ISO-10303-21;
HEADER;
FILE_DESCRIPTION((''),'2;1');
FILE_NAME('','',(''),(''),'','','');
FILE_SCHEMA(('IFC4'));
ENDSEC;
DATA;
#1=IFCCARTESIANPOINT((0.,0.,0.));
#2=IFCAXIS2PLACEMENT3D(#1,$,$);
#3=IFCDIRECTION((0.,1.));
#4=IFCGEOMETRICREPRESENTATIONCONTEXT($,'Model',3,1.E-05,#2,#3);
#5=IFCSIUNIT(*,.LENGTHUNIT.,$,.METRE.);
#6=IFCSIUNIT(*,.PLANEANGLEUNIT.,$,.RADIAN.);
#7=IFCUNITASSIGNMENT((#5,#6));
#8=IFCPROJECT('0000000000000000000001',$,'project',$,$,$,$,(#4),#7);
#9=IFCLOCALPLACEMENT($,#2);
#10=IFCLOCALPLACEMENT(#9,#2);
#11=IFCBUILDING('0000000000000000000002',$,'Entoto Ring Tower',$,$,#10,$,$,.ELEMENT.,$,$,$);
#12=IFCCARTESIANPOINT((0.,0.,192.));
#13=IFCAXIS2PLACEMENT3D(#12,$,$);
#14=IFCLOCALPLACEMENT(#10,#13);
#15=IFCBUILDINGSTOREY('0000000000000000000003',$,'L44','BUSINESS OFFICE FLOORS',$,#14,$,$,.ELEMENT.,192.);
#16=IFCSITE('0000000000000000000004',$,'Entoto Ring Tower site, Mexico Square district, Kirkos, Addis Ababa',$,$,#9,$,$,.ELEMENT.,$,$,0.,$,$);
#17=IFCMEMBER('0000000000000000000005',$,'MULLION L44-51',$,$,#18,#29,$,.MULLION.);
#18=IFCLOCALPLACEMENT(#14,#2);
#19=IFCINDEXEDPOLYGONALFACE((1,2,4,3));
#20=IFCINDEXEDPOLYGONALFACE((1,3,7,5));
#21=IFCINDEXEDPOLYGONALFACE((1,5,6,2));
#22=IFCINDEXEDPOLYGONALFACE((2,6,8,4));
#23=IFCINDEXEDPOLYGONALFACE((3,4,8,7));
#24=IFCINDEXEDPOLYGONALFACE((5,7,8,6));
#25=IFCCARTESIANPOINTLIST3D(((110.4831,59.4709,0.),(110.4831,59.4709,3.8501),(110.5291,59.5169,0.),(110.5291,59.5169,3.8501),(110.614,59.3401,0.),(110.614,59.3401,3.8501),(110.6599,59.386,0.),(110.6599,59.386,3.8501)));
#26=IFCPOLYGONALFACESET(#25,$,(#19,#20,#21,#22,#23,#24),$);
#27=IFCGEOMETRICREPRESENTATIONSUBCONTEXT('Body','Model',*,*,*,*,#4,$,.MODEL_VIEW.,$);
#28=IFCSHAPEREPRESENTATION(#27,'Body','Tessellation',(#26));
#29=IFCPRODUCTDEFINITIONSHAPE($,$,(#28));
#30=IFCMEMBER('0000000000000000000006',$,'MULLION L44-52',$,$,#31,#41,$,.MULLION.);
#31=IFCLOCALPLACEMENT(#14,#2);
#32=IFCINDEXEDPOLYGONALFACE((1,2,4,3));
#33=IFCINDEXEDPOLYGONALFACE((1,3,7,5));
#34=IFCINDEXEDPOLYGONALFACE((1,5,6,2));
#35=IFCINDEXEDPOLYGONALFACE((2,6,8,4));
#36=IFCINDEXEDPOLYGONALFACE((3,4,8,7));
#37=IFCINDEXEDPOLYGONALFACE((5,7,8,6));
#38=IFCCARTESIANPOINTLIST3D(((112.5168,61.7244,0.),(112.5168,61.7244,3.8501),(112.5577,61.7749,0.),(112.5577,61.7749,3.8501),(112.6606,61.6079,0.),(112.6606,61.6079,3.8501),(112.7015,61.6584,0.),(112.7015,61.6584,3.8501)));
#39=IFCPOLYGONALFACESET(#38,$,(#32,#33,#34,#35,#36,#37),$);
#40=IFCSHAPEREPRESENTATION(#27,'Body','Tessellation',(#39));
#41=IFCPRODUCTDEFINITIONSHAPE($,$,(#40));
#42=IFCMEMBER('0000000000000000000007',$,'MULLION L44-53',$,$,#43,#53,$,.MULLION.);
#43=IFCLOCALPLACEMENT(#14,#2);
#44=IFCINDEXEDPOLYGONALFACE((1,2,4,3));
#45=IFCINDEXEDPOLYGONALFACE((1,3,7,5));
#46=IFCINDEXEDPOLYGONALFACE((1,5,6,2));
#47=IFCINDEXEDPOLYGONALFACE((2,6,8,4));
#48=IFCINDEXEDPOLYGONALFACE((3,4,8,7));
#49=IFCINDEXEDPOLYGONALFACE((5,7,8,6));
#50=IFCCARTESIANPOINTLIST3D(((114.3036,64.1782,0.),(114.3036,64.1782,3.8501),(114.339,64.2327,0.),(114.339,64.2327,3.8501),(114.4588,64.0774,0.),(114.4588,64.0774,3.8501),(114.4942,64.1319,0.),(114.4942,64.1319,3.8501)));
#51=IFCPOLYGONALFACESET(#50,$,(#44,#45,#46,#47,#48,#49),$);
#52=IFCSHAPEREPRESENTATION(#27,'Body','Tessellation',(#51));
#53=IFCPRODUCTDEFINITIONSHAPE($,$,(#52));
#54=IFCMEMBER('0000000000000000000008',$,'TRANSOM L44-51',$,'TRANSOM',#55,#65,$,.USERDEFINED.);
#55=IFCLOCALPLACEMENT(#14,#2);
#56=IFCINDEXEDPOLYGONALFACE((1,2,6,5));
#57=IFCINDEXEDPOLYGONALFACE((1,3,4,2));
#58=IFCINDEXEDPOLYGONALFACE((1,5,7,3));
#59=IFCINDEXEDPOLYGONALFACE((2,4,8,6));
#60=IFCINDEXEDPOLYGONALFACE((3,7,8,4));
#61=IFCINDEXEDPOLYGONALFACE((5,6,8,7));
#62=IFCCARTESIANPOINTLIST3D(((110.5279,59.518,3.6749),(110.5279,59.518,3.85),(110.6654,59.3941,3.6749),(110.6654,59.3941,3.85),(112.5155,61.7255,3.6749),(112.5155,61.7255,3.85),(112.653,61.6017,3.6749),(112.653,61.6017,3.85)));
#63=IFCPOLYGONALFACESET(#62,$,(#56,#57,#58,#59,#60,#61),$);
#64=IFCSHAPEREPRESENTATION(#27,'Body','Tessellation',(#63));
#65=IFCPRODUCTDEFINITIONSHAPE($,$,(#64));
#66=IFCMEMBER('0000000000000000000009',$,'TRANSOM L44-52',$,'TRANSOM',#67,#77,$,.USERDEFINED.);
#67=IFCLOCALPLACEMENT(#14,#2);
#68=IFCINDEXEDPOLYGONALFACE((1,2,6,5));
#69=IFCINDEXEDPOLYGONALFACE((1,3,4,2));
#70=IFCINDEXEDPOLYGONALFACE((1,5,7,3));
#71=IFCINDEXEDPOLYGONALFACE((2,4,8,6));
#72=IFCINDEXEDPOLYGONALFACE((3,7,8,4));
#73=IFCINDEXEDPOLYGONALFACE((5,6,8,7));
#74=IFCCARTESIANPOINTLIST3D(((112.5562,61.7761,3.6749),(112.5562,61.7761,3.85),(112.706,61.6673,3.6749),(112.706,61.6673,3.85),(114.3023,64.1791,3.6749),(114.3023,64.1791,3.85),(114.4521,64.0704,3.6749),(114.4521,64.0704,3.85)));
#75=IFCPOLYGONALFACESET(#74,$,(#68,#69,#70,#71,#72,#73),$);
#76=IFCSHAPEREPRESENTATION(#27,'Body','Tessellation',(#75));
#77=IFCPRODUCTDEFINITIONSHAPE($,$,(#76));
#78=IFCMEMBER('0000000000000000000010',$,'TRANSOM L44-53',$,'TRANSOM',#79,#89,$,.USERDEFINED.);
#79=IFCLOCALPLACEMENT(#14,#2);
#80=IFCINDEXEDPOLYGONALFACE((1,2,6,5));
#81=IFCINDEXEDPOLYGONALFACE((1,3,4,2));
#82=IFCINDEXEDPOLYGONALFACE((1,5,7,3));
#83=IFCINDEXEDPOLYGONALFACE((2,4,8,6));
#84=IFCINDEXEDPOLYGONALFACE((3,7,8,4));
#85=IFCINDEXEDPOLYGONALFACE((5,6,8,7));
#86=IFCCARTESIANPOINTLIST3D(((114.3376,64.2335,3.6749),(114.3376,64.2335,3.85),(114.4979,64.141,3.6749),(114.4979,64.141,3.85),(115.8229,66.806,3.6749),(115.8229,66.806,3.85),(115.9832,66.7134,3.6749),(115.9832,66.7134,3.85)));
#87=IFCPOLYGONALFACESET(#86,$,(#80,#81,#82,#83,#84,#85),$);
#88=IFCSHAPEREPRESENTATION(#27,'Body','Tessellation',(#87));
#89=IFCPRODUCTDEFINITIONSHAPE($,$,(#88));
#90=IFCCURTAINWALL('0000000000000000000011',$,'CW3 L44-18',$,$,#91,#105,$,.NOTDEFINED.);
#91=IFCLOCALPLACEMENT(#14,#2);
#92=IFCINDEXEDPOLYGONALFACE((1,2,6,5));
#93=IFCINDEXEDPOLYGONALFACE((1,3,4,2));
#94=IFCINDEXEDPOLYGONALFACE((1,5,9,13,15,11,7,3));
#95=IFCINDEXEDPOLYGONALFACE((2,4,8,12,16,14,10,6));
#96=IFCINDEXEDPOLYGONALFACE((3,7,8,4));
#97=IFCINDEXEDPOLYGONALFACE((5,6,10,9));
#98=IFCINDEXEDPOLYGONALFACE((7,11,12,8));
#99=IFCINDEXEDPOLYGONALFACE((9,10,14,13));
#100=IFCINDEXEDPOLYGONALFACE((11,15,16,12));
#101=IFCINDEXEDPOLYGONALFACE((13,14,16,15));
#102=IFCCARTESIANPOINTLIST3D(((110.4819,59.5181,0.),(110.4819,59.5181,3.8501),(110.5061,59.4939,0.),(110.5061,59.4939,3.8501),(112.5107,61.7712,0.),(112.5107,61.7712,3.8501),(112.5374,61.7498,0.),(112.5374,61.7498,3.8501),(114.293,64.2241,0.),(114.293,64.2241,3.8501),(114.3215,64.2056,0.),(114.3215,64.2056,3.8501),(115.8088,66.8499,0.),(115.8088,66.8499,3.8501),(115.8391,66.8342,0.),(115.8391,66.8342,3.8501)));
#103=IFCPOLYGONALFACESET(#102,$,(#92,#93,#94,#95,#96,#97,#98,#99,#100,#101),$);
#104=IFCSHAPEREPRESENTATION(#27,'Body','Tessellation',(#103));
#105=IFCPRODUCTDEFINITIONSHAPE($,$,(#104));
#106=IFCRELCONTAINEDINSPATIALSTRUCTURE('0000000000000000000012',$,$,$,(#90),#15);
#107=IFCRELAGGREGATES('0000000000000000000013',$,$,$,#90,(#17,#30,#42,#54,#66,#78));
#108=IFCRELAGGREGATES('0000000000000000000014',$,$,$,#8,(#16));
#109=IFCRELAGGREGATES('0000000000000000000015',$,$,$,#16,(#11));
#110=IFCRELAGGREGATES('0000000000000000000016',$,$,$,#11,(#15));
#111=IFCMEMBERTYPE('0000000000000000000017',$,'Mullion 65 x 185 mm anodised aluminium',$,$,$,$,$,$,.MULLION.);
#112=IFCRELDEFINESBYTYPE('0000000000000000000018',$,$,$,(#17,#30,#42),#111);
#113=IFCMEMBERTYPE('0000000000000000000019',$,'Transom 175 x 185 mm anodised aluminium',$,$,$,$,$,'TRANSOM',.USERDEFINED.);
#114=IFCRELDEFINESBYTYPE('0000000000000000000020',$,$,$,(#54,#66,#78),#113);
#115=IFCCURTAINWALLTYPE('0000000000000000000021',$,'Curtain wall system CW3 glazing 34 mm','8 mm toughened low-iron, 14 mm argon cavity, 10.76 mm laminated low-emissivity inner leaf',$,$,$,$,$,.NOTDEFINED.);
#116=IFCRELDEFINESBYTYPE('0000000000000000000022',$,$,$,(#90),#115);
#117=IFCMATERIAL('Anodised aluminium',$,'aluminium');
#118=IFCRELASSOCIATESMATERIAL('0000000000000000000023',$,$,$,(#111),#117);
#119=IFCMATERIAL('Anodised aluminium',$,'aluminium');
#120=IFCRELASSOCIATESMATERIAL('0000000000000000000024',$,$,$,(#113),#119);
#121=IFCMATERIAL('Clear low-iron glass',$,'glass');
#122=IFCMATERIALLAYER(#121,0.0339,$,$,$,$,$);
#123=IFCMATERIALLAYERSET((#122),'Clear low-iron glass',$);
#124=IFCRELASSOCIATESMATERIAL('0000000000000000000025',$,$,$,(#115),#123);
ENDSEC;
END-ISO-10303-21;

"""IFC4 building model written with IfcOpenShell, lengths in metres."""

from ifc_helpers import new_model, si_unit, direction, frame, origin, origin_2d, place, context, subcontext, project, spatial, polyline, rectangle, outline, extrude, material, layer, layer_set, material_profile, profile_set, type_object, element, aggregate, save


model = new_model("IFC4")

# Units and contexts
model_context = context("Model", 3, precision=1e-05, world=origin(), true_north=direction((0.0, 1.0)))
body_context = subcontext(model_context, "Body", "Model", "MODEL_VIEW")
ifc_project = project(units=[si_unit("LENGTHUNIT", "METRE"), si_unit("PLANEANGLEUNIT", "RADIAN")], contexts=[model_context])

# Members
ifc_material_1 = material(Name="Anodised aluminium", Category="aluminium")
ifc_material_profile_1 = material_profile(ifc_material_1, rectangle(XDim=0.0649, YDim=0.1851, at=origin_2d()), Name="Mullion 65 x 185 mm anodised aluminium")
ifc_profile_set_1 = profile_set([ifc_material_profile_1], Name="Anodised aluminium")
member_type_1 = type_object("IfcMemberType", Name="Mullion 65 x 185 mm anodised aluminium", PredefinedType="MULLION", material=ifc_profile_set_1)
site_placement = place(None, origin())
building_placement = place(site_placement, origin())
storey_placement = place(building_placement, frame((0.0, 0.0, 192.0)))
member_1_placement = place(storey_placement, frame((110.5715, 59.4285, 0.0), z_axis=(0.0, 0.0, 1.0), x_axis=(0.707107, 0.707107, 0.0)))
member_1 = element("IfcMember", 1, at=member_1_placement, type_object=member_type_1, Name="MULLION L44-51", PredefinedType="MULLION", context=body_context, shape_type="SweptSolid", body=[
    extrude(rectangle(XDim=0.0649, YDim=0.1851, at=origin_2d()), origin(), (0.0, 0.0, 1.0), 3.8501),
])
member_2_placement = place(storey_placement, frame((112.6091, 61.6914, 0.0), z_axis=(0.0, 0.0, 1.0), x_axis=(0.62932, 0.777146, 0.0)))
member_2 = element("IfcMember", 2, at=member_2_placement, type_object=member_type_1, Name="MULLION L44-52", PredefinedType="MULLION", context=body_context, shape_type="SweptSolid", body=[
    extrude(rectangle(XDim=0.0649, YDim=0.1851, at=origin_2d()), origin(), (0.0, 0.0, 1.0), 3.8501),
])
member_3_placement = place(storey_placement, frame((114.3989, 64.155, 0.0), z_axis=(0.0, 0.0, 1.0), x_axis=(0.544639, 0.838671, 0.0)))
member_3 = element("IfcMember", 3, at=member_3_placement, type_object=member_type_1, Name="MULLION L44-53", PredefinedType="MULLION", context=body_context, shape_type="SweptSolid", body=[
    extrude(rectangle(XDim=0.0649, YDim=0.1851, at=origin_2d()), origin(), (0.0, 0.0, 1.0), 3.8501),
])
ifc_material_2 = material(Name="Anodised aluminium", Category="aluminium")
ifc_material_profile_2 = material_profile(ifc_material_2, rectangle(XDim=0.1851, YDim=0.175, at=origin_2d()), Name="Transom 175 x 185 mm anodised aluminium")
ifc_profile_set_2 = profile_set([ifc_material_profile_2], Name="Anodised aluminium")
member_type_2 = type_object("IfcMemberType", Name="Transom 175 x 185 mm anodised aluminium", ElementType="TRANSOM", PredefinedType="USERDEFINED", material=ifc_profile_set_2)
member_4_placement = place(storey_placement, frame((110.5967, 59.4561, 3.7625), z_axis=(0.66911, 0.743163, 0.0), x_axis=(-0.743163, 0.66911, 0.0)))
member_4 = element("IfcMember", 4, at=member_4_placement, type_object=member_type_2, Name="TRANSOM L44-51", ObjectType="TRANSOM", PredefinedType="USERDEFINED", context=body_context, shape_type="SweptSolid", body=[
    extrude(rectangle(XDim=0.1851, YDim=0.175, at=origin_2d()), origin(), (0.0, 0.0, 1.0), 2.9705),
])
member_5_placement = place(storey_placement, frame((112.6311, 61.7217, 3.7625), z_axis=(0.58782, 0.808992, 0.0), x_axis=(-0.808992, 0.58782, 0.0)))
member_5 = element("IfcMember", 5, at=member_5_placement, type_object=member_type_2, Name="TRANSOM L44-52", ObjectType="TRANSOM", PredefinedType="USERDEFINED", context=body_context, shape_type="SweptSolid", body=[
    extrude(rectangle(XDim=0.1851, YDim=0.175, at=origin_2d()), origin(), (0.0, 0.0, 1.0), 2.9705),
])
member_6_placement = place(storey_placement, frame((114.4177, 64.1873, 3.7625), z_axis=(0.500028, 0.866009, 0.0), x_axis=(-0.866009, 0.500028, 0.0)))
member_6 = element("IfcMember", 6, at=member_6_placement, type_object=member_type_2, Name="TRANSOM L44-53", ObjectType="TRANSOM", PredefinedType="USERDEFINED", context=body_context, shape_type="SweptSolid", body=[
    extrude(rectangle(XDim=0.1851, YDim=0.175, at=origin_2d()), origin(), (0.0, 0.0, 1.0), 2.9705),
])

# Site, building, storey
site = spatial("IfcSite", under=ifc_project, at=site_placement, Name="Entoto Ring Tower site, Mexico Square district, Kirkos, Addis Ababa", CompositionType="ELEMENT", RefElevation=0.0)
building = spatial("IfcBuilding", under=site, at=building_placement, Name="Entoto Ring Tower", CompositionType="ELEMENT")
storey = spatial("IfcBuildingStorey", under=building, at=storey_placement, Name="L44", Description="BUSINESS OFFICE FLOORS", CompositionType="ELEMENT", Elevation=192.0)

# Curtain wall
ifc_material_3 = material(Name="Clear low-iron glass", Category="glass")
ifc_layer_1 = layer(ifc_material_3, 0.0339)
ifc_layer_set_1 = layer_set([ifc_layer_1], Name="Clear low-iron glass")
curtain_wall_type = type_object("IfcCurtainWallType", Name="Curtain wall system CW3 glazing 34 mm", Description="8 mm toughened low-iron, 14 mm argon cavity, 10.76 mm laminated low-emissivity inner leaf", PredefinedType="NOTDEFINED", material=ifc_layer_set_1)
curtain_wall_1_placement = place(storey_placement, origin())
curtain_wall_1 = element("IfcCurtainWall", 7, at=curtain_wall_1_placement, inside=storey, type_object=curtain_wall_type, Name="CW3 L44-18", PredefinedType="NOTDEFINED", context=body_context, shape_type="SweptSolid", body=[
    extrude(outline(polyline([(110.5061, 59.4939), (112.5374, 61.7498), (114.3215, 64.2056), (115.8391, 66.8342), (115.8088, 66.8499), (114.293, 64.2241), (112.5107, 61.7712), (110.4819, 59.5181), (110.5061, 59.4939)])), origin(), (0.0, 0.0, 1.0), 3.8501),
])
aggregate(curtain_wall_1, [member_1, member_2, member_3, member_4, member_5, member_6])

save(model, "model.ifc")
